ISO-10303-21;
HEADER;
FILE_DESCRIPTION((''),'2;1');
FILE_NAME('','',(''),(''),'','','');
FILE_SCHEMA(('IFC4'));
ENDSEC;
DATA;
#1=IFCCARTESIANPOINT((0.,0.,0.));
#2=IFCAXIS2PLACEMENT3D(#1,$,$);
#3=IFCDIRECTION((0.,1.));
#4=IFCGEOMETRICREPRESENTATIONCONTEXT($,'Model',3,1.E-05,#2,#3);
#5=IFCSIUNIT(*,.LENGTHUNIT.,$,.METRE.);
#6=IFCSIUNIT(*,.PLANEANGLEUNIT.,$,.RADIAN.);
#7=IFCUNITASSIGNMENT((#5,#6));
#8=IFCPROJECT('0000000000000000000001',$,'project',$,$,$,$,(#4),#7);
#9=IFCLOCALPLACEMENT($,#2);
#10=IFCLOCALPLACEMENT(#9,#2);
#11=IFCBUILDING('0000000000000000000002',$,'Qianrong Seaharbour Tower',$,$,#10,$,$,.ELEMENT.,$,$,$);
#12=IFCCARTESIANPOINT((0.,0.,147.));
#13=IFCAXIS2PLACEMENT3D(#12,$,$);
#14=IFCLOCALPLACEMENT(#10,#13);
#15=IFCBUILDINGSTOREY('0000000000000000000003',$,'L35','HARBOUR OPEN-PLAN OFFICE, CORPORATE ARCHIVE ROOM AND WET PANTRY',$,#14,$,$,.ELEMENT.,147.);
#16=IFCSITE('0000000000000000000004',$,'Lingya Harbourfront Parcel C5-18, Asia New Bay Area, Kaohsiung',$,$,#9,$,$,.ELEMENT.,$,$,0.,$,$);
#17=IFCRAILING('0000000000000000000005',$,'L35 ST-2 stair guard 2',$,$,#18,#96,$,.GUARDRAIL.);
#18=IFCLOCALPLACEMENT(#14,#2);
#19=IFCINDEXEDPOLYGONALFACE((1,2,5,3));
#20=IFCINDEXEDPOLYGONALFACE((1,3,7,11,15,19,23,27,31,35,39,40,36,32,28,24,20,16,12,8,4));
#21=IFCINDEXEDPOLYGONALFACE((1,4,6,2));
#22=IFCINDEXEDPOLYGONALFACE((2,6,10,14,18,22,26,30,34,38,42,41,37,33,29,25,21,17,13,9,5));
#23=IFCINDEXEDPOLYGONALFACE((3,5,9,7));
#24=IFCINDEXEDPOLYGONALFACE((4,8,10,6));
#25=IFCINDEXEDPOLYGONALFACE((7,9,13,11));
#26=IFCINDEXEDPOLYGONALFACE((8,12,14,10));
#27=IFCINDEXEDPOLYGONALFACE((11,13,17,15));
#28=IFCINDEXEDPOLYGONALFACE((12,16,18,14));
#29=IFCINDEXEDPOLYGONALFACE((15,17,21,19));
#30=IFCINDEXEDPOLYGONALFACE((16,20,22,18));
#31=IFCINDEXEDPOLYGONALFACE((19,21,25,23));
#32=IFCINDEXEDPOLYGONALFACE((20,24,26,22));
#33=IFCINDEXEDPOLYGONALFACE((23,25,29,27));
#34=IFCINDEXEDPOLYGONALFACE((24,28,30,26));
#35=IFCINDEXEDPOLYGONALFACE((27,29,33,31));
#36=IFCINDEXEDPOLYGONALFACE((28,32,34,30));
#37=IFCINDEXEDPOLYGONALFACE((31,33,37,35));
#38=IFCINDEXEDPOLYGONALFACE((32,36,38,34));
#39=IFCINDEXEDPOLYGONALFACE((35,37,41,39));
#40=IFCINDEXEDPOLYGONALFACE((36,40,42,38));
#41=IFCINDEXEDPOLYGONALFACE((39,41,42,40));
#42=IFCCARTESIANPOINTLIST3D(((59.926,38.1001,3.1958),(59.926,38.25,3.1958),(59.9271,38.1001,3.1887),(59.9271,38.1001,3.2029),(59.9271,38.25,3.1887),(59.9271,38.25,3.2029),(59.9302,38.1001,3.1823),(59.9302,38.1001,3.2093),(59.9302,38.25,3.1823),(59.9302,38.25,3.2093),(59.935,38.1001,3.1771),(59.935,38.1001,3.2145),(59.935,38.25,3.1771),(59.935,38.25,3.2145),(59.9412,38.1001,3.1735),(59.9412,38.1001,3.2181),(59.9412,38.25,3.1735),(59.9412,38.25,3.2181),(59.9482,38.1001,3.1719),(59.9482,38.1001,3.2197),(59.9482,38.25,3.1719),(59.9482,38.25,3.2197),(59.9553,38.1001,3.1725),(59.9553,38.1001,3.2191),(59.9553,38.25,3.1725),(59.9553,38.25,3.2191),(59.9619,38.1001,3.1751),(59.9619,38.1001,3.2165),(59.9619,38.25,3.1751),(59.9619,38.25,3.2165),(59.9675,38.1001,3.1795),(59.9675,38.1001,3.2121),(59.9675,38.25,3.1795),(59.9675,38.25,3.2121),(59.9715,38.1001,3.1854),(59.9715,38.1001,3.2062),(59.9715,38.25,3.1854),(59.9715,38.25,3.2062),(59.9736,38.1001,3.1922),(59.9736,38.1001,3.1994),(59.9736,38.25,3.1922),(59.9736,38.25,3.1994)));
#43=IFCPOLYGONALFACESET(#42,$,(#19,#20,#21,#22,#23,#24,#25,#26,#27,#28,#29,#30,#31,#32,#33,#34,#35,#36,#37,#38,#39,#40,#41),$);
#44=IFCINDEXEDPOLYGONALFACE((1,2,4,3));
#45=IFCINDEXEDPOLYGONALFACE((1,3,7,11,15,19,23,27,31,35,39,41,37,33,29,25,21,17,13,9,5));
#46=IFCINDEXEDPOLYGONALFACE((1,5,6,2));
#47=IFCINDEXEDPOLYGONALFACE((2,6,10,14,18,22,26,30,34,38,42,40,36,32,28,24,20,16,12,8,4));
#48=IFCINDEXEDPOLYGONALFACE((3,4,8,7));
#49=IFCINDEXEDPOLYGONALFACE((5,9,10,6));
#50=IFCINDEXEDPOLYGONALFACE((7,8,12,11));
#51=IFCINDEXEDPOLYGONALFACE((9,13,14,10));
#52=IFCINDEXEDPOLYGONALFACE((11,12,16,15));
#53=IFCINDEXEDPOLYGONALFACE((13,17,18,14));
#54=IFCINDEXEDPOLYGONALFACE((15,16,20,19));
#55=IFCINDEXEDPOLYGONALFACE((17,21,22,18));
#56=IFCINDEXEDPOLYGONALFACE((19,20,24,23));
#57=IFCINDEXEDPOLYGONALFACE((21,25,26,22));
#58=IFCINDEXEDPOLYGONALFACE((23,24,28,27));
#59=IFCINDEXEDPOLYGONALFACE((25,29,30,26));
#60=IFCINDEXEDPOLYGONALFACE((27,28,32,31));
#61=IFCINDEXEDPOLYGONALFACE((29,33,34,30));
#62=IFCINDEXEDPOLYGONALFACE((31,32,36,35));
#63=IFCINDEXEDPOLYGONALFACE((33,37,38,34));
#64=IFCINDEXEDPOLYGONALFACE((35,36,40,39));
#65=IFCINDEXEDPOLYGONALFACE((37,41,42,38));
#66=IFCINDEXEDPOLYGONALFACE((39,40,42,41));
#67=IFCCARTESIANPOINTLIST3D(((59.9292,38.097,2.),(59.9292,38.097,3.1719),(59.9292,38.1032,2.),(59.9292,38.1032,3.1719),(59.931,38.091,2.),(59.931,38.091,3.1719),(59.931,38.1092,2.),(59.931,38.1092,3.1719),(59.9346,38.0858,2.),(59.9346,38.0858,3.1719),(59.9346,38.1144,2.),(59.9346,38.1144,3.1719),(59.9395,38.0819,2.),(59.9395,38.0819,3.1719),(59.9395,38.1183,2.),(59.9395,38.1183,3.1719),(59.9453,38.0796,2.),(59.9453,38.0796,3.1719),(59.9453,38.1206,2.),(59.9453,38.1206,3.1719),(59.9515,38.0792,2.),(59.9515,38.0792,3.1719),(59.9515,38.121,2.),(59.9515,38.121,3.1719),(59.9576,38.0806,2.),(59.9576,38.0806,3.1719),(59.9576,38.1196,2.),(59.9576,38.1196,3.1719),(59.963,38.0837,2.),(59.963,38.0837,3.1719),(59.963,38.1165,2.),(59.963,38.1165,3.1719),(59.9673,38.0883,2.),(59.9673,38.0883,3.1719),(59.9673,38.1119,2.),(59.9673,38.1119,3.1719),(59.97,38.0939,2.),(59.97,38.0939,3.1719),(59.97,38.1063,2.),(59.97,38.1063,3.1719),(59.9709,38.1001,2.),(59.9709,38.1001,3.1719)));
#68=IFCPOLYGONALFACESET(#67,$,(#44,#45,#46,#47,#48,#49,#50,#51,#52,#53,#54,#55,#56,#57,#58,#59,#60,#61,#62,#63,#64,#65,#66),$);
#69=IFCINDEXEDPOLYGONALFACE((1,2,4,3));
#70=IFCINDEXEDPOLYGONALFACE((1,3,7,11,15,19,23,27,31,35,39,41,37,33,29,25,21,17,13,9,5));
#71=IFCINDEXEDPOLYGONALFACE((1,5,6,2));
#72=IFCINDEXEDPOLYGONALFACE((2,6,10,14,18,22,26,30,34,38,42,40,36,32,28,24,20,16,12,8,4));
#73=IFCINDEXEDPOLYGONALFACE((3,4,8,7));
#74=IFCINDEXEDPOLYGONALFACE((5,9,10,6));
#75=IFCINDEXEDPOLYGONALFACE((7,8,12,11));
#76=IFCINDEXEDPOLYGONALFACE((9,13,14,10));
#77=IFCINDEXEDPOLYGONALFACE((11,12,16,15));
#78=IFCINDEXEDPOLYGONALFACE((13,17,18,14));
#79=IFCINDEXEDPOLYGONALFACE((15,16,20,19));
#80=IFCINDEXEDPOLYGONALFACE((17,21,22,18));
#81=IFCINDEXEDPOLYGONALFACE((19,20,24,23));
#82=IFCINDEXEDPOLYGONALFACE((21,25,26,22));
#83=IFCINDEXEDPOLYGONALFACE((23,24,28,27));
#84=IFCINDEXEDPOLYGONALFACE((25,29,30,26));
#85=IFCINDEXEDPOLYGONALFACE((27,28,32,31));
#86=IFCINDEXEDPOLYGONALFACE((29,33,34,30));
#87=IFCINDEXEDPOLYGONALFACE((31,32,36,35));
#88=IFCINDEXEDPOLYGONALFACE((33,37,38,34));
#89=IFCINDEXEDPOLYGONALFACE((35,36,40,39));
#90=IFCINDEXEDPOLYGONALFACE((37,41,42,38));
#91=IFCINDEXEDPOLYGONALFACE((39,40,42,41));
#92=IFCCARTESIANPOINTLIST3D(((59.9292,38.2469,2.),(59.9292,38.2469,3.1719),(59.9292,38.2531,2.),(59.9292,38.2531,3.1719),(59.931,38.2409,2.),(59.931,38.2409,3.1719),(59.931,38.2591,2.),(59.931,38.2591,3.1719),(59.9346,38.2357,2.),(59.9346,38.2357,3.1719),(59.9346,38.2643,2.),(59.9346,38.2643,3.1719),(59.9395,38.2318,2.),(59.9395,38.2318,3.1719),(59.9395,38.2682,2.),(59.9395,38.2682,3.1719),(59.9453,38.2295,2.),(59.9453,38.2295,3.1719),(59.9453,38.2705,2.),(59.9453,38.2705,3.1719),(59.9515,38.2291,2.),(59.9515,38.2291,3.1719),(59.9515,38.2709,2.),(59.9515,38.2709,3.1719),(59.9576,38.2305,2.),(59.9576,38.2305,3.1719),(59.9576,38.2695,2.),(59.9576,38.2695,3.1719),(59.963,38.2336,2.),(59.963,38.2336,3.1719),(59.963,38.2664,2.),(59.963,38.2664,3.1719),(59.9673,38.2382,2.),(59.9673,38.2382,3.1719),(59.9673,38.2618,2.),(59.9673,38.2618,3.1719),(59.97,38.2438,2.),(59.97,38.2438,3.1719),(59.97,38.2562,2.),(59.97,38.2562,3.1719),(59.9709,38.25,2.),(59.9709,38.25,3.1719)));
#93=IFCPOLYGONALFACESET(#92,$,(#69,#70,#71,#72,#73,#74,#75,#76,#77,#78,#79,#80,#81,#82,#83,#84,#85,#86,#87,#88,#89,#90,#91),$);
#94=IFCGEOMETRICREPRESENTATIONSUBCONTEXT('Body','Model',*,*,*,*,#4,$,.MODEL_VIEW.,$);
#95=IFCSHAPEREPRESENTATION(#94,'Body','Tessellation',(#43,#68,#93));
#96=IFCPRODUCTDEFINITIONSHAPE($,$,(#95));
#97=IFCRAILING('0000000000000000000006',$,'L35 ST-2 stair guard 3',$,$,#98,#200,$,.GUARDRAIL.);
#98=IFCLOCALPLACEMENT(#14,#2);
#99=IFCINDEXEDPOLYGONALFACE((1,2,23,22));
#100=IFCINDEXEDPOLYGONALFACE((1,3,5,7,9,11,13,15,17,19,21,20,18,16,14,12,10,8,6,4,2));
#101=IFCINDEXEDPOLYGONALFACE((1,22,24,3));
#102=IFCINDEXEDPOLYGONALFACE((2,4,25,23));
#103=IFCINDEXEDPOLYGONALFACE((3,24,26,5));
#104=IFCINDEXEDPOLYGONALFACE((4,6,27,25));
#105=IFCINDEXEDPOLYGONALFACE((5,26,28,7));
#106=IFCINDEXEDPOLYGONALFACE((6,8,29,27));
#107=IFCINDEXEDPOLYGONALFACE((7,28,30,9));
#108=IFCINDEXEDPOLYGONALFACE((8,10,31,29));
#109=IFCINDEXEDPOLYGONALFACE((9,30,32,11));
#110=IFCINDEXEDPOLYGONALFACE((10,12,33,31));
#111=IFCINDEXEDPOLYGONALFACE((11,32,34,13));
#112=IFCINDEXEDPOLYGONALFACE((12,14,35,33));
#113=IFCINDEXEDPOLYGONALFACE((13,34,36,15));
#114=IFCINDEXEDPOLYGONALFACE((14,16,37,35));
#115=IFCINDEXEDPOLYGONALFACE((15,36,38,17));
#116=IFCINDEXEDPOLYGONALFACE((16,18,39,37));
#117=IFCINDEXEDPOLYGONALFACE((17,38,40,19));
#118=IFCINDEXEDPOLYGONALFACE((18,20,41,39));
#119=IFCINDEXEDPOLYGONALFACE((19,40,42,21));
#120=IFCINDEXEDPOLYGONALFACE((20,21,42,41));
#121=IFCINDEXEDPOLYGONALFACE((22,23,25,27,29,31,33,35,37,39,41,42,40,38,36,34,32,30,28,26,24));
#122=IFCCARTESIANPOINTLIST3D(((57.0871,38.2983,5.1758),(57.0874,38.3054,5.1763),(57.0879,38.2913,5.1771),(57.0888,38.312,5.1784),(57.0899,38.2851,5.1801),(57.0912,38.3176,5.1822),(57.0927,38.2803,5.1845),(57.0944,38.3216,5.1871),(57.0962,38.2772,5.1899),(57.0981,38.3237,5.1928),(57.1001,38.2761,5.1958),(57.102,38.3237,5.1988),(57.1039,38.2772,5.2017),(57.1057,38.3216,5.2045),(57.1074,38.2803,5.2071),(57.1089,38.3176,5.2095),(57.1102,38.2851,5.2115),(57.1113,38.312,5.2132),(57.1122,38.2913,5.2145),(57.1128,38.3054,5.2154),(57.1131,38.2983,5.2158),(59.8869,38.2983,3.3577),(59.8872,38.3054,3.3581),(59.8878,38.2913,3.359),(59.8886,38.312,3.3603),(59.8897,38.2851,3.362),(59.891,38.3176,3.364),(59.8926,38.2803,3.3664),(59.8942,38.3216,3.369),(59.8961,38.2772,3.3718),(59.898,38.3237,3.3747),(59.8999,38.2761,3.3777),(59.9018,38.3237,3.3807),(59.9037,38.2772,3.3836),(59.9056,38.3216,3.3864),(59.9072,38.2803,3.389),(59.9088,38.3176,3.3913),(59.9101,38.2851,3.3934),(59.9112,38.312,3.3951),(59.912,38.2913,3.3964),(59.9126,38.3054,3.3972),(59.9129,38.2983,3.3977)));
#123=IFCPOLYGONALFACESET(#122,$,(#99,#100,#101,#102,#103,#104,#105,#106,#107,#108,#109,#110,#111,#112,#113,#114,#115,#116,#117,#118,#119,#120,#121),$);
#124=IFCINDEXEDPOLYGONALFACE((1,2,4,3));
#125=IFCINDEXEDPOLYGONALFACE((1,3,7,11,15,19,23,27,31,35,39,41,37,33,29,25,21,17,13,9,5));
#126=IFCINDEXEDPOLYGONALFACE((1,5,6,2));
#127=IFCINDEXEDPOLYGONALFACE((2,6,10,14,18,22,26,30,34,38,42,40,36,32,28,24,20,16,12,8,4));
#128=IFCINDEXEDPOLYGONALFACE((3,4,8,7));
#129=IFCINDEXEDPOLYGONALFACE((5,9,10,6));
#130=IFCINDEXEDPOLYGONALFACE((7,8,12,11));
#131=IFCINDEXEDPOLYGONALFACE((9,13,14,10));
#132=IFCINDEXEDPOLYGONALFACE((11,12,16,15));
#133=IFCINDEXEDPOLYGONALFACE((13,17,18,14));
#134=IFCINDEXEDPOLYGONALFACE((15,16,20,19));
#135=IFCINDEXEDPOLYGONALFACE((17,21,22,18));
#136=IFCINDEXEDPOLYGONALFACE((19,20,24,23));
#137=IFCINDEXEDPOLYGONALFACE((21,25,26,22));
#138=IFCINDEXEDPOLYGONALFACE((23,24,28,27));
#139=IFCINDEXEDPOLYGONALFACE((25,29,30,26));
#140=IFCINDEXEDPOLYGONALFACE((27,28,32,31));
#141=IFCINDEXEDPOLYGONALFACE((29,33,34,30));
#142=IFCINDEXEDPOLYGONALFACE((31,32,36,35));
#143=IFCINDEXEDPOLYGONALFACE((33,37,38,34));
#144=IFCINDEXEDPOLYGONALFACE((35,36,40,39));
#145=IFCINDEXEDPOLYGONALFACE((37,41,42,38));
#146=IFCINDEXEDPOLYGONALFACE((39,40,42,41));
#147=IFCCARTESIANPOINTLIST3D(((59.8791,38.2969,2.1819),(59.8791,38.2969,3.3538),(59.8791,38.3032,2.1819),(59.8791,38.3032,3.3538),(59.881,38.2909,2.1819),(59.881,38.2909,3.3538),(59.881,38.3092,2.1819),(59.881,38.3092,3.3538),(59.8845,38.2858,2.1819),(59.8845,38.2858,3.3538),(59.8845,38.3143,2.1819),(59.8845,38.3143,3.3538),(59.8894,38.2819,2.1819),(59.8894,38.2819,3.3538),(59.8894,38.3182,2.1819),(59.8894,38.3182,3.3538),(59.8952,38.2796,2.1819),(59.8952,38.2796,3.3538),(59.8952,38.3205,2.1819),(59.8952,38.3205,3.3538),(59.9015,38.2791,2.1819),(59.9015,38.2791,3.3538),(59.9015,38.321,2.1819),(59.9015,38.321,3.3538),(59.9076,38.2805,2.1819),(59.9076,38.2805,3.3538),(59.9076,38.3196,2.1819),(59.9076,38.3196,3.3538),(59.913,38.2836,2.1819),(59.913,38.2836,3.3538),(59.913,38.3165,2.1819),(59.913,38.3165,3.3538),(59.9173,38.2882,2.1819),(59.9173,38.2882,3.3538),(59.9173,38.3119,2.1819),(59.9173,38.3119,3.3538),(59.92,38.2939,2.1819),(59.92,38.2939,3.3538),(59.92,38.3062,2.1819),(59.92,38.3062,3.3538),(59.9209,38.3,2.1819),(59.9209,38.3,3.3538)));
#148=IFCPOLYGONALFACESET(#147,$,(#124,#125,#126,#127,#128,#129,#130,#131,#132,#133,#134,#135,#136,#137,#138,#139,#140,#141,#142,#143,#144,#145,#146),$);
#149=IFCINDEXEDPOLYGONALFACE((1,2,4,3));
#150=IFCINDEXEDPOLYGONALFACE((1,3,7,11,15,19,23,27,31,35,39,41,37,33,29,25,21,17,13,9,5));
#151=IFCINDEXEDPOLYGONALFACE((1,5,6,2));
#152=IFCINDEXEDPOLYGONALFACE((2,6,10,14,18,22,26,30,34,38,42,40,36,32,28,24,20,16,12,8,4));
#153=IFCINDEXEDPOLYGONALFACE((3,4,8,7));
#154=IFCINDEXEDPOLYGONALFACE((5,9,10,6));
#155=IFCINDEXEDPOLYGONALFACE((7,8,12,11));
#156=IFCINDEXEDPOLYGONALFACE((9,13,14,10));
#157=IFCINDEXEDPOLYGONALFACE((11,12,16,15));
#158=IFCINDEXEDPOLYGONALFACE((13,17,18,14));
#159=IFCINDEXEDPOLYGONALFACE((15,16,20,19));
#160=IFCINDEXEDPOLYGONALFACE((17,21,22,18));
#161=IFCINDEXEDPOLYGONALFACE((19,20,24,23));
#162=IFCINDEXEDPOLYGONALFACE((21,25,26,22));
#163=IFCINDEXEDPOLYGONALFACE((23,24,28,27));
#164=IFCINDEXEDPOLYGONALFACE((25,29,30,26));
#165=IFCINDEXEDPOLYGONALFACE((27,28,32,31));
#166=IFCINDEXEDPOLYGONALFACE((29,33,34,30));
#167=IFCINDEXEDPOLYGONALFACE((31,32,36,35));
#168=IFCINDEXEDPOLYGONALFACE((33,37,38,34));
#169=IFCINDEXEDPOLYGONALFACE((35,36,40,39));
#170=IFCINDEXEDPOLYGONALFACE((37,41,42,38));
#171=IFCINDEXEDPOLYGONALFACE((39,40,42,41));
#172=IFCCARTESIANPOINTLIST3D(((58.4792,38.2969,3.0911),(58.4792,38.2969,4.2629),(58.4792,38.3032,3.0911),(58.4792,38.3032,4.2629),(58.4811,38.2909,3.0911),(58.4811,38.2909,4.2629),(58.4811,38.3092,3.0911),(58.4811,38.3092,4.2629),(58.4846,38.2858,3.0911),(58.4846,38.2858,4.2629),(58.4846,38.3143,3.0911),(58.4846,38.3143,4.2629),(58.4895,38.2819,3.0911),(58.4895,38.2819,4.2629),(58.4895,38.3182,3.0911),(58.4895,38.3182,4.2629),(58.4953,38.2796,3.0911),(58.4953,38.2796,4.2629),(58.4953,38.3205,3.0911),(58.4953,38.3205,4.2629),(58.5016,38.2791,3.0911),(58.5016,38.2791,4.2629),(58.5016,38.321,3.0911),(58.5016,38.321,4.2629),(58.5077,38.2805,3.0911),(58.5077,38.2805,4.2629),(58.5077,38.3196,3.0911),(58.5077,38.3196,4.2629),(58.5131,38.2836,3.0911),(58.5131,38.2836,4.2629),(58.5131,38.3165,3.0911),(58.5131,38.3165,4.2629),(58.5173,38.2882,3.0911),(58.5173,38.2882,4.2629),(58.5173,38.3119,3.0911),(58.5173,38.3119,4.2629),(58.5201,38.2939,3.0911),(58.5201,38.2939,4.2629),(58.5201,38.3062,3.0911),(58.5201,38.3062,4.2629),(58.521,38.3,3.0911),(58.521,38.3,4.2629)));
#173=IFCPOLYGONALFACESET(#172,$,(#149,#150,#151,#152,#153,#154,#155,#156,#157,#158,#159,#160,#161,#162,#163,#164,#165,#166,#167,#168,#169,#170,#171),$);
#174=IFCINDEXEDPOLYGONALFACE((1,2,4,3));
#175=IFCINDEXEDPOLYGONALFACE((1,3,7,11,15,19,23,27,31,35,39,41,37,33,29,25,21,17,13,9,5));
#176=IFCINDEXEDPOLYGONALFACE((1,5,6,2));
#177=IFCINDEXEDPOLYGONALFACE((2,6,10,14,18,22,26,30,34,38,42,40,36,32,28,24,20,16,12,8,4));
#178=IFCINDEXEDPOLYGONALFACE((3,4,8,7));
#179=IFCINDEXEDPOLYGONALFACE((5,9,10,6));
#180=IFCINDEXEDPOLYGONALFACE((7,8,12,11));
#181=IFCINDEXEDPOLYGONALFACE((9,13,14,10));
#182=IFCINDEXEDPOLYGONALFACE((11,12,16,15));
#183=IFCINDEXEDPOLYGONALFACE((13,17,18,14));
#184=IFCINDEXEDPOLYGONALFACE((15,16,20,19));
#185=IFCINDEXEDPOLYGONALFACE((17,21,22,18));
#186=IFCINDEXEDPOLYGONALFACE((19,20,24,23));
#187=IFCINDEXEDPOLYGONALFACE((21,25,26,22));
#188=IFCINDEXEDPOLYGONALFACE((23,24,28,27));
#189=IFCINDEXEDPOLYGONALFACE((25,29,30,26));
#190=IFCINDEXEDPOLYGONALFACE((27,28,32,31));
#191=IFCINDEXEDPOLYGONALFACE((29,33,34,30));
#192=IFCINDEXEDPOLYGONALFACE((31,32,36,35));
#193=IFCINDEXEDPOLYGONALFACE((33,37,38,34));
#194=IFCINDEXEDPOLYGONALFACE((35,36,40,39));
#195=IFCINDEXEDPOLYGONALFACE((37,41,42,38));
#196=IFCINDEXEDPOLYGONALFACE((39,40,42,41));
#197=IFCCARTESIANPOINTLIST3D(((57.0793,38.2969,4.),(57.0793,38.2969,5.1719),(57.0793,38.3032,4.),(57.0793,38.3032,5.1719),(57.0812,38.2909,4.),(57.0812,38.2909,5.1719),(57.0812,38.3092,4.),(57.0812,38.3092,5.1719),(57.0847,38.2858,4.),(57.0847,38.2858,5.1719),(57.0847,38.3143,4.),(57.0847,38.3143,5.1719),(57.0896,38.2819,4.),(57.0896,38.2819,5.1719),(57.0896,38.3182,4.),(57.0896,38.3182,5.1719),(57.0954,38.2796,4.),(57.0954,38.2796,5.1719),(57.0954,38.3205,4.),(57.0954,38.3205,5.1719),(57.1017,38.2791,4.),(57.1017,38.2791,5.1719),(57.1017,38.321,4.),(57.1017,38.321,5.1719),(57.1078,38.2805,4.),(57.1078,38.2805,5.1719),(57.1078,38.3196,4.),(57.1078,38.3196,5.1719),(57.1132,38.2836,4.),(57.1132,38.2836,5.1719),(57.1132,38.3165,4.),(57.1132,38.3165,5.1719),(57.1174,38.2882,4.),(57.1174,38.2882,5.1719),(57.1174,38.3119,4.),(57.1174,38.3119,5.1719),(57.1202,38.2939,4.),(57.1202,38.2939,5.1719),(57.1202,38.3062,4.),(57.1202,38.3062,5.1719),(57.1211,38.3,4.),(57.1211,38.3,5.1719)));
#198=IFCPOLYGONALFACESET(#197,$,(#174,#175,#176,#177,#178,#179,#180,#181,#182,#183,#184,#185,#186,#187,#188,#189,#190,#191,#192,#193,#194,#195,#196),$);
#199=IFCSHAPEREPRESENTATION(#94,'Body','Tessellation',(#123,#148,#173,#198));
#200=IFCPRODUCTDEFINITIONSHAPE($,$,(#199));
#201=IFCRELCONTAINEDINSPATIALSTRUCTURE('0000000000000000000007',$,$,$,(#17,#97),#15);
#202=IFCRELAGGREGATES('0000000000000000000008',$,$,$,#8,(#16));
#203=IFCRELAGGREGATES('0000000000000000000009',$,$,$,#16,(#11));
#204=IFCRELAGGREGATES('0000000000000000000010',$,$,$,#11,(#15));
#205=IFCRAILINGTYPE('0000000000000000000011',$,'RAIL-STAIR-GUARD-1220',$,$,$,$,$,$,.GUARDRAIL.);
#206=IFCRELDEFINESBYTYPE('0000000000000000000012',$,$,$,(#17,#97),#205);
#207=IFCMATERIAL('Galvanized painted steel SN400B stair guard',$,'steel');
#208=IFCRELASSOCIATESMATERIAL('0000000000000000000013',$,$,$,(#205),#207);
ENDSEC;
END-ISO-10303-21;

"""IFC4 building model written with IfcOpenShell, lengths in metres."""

from ifc_helpers import new_model, si_unit, direction, frame, origin, origin_2d, place, context, subcontext, project, spatial, circle, extrude, material, type_object, element, save


model = new_model("IFC4")

# Units and contexts
model_context = context("Model", 3, precision=1e-05, world=origin(), true_north=direction((0.0, 1.0)))
body_context = subcontext(model_context, "Body", "Model", "MODEL_VIEW")
ifc_project = project(units=[si_unit("LENGTHUNIT", "METRE"), si_unit("PLANEANGLEUNIT", "RADIAN")], contexts=[model_context])

# Site, building, storey
site_placement = place(None, origin())
site = spatial("IfcSite", under=ifc_project, at=site_placement, Name="Lingya Harbourfront Parcel C5-18, Asia New Bay Area, Kaohsiung", CompositionType="ELEMENT", RefElevation=0.0)
building_placement = place(site_placement, origin())
building = spatial("IfcBuilding", under=site, at=building_placement, Name="Qianrong Seaharbour Tower", CompositionType="ELEMENT")
storey_placement = place(building_placement, frame((0.0, 0.0, 147.0)))
storey = spatial("IfcBuildingStorey", under=building, at=storey_placement, Name="L35", Description="HARBOUR OPEN-PLAN OFFICE, CORPORATE ARCHIVE ROOM AND WET PANTRY", CompositionType="ELEMENT", Elevation=147.0)

# Railings
ifc_material_1 = material(Name="Galvanized painted steel SN400B stair guard", Category="steel")
railing_type_1 = type_object("IfcRailingType", Name="RAIL-STAIR-GUARD-1220", PredefinedType="GUARDRAIL", material=ifc_material_1)
railing_1_placement = place(storey_placement, frame((59.95, 38.1001, 2.0)))
element("IfcRailing", 1, at=railing_1_placement, inside=storey, type_object=railing_type_1, Name="L35 ST-2 stair guard 2", PredefinedType="GUARDRAIL", context=body_context, shape_type="SweptSolid", body=[
    extrude(circle(Radius=0.0239, at=origin_2d()), frame((0.0, 0.0, 1.1958), z_axis=(0.0, 1.0, 0.0), x_axis=(-1.0, 0.0, 0.0)), (0.0, 0.0, 1.0), 0.1499),
    extrude(circle(Radius=0.021, at=origin_2d()), origin(), (0.0, 0.0, 1.0), 1.1719),
    extrude(circle(Radius=0.021, at=origin_2d()), frame((0.0, 0.1499, 0.0)), (0.0, 0.0, 1.0), 1.1719),
])
railing_2_placement = place(storey_placement, frame((59.8999, 38.3, 2.1819)))
element("IfcRailing", 2, at=railing_2_placement, inside=storey, type_object=railing_type_1, Name="L35 ST-2 stair guard 3", PredefinedType="GUARDRAIL", context=body_context, shape_type="SweptSolid", body=[
    extrude(circle(Radius=0.0239, at=origin_2d()), frame((0.0, 0.0, 1.1958), z_axis=(-0.838684, 0.0, 0.544618), x_axis=(0.0, -1.0, 0.0)), (0.0, 0.0, 1.0), 3.3384),
    extrude(circle(Radius=0.021, at=origin_2d()), origin(), (0.0, 0.0, 1.0), 1.1719),
    extrude(circle(Radius=0.021, at=origin_2d()), frame((-1.3999, 0.0, 0.9092)), (0.0, 0.0, 1.0), 1.1719),
    extrude(circle(Radius=0.021, at=origin_2d()), frame((-2.7998, 0.0, 1.8181)), (0.0, 0.0, 1.0), 1.1719),
])

save(model, "model.ifc")
